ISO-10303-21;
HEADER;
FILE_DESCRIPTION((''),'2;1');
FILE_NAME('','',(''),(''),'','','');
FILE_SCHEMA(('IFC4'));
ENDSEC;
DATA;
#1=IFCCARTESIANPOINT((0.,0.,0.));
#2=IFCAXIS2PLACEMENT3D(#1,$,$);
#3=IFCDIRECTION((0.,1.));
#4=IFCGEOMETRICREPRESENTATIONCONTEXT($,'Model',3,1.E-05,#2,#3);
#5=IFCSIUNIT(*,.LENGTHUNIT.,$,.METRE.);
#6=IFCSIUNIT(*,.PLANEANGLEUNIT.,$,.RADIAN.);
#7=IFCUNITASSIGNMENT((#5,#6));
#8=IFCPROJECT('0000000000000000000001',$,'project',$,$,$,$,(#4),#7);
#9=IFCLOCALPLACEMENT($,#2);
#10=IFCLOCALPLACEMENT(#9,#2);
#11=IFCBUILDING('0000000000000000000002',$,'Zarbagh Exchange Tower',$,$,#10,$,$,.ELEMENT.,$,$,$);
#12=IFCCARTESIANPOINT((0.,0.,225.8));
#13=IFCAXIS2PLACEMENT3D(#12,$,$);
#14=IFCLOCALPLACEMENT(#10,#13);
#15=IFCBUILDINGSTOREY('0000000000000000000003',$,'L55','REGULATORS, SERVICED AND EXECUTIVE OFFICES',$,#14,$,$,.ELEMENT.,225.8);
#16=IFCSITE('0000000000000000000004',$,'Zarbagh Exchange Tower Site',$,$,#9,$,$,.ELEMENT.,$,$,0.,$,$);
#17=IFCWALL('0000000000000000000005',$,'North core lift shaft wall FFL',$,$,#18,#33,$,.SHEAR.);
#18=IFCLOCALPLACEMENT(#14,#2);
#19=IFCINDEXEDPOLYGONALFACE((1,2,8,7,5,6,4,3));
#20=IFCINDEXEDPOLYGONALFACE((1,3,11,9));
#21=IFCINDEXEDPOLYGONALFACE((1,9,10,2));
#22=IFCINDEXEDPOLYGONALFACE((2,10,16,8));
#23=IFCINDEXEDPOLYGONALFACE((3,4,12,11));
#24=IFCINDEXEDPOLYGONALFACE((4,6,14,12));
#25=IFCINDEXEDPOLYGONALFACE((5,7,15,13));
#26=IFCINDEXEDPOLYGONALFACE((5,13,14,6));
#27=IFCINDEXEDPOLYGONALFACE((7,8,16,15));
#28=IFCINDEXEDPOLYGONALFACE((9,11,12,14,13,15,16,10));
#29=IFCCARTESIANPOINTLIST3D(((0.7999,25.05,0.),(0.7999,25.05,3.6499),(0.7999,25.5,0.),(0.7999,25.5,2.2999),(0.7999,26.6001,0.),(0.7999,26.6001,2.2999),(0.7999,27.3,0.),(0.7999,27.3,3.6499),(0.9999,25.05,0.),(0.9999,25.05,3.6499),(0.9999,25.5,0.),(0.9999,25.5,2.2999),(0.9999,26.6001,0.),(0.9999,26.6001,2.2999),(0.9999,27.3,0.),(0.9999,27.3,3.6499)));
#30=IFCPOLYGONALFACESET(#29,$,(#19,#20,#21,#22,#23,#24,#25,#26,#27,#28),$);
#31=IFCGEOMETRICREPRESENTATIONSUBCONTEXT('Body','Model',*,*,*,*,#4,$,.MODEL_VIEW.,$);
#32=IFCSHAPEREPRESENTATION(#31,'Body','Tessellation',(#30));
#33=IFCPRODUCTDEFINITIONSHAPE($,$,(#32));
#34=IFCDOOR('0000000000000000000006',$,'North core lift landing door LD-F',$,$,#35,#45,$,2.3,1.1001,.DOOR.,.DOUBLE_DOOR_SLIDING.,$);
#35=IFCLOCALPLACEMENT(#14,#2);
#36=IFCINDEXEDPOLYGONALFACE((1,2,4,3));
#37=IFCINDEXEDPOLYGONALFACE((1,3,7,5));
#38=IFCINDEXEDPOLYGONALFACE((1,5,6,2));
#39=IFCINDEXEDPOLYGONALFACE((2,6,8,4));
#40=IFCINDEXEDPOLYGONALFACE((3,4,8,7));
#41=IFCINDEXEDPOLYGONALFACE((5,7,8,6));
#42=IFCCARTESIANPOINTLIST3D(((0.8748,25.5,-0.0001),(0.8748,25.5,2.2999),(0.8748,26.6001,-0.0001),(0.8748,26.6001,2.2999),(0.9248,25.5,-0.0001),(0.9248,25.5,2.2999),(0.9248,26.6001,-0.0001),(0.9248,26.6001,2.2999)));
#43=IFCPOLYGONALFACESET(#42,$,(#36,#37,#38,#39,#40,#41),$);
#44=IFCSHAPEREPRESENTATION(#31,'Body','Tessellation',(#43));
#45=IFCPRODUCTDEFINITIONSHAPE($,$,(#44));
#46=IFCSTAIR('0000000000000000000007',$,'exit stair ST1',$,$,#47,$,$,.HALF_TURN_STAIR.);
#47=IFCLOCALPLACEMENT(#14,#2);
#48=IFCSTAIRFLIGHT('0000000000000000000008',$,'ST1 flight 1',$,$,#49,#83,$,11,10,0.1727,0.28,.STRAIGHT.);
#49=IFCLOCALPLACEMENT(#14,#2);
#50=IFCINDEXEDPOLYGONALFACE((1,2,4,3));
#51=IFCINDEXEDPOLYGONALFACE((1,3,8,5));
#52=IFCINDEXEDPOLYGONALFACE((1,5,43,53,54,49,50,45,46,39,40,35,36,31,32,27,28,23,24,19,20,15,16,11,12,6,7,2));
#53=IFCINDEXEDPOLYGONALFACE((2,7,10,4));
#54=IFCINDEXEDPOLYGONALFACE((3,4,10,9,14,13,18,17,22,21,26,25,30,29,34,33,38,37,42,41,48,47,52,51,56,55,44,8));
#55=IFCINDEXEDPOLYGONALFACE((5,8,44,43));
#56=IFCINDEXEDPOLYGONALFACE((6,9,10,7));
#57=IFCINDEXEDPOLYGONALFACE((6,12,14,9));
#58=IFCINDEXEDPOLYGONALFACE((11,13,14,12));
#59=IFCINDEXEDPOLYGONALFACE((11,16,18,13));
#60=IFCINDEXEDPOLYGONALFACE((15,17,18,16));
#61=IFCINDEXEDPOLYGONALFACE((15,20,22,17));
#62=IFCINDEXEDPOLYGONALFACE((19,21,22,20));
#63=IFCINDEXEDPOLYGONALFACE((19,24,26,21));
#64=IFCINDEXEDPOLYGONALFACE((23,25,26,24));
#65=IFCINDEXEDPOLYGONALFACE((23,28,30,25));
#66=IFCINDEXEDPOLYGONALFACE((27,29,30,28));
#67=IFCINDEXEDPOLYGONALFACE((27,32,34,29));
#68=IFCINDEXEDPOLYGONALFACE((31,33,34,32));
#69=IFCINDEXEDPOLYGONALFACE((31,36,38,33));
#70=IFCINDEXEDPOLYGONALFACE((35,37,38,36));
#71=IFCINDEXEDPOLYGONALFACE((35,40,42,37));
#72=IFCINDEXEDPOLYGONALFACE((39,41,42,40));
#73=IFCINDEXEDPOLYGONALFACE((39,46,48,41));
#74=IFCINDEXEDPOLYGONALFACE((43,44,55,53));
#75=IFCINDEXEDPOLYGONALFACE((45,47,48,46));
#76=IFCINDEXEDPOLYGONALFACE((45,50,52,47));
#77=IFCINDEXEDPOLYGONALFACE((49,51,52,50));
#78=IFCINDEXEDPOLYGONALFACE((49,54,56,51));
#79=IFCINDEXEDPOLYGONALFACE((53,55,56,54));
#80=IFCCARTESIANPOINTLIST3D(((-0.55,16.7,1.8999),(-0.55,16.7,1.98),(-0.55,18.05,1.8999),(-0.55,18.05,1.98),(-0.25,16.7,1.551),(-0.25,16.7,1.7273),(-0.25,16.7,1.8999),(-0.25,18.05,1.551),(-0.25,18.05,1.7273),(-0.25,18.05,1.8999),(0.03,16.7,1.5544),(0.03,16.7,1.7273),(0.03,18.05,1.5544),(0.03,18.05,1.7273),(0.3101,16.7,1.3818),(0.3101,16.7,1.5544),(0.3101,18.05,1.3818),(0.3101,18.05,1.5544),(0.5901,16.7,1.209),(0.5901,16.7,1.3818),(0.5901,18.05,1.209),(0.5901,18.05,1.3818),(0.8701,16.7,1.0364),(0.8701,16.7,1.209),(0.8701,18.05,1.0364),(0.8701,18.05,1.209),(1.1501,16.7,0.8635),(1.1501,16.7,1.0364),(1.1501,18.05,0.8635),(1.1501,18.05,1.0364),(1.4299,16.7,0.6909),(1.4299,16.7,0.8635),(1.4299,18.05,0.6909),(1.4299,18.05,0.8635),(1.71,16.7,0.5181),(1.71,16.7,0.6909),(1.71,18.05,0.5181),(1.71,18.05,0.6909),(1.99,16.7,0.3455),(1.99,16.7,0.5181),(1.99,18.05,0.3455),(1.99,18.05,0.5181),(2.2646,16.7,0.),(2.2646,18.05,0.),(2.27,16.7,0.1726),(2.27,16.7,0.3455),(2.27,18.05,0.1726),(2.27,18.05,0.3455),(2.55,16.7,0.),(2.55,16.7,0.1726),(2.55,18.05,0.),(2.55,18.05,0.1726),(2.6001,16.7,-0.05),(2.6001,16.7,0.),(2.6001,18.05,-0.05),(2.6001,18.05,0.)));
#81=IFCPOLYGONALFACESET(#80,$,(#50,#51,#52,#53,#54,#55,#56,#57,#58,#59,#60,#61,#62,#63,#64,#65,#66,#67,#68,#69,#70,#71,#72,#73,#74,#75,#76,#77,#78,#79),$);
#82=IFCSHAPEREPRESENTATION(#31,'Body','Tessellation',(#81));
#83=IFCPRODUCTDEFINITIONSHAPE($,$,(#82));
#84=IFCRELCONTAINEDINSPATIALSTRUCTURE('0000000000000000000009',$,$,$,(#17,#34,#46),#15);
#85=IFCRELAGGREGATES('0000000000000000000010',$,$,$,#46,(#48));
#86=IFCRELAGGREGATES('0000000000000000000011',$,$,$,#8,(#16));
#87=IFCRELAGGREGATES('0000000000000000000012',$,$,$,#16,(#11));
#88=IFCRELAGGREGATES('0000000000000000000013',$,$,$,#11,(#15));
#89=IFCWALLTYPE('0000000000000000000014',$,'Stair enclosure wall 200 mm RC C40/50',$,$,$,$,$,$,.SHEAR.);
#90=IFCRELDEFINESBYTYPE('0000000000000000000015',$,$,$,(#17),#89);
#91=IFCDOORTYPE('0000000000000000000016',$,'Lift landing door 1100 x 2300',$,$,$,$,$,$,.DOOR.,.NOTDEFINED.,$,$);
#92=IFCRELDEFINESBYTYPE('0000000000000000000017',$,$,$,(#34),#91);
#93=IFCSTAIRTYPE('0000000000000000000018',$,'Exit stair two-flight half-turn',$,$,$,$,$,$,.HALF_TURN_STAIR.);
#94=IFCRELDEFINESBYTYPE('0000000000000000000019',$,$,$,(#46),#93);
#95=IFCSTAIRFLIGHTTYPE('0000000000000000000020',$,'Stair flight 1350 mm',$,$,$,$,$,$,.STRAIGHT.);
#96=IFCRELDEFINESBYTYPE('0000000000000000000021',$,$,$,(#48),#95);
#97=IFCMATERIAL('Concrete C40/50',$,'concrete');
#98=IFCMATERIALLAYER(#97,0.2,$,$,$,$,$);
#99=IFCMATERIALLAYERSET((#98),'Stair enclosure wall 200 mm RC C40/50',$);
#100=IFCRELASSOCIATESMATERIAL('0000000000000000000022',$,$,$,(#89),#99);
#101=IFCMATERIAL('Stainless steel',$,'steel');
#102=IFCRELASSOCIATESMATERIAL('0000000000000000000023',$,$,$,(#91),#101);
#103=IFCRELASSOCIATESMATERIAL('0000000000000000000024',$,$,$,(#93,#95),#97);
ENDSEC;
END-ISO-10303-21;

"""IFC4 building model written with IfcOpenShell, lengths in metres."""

from ifc_helpers import new_model, si_unit, direction, frame, frame_2d, origin, place, context, subcontext, project, spatial, polyline, rectangle, outline, extrude, material, layer, layer_set, type_object, element, fill, aggregate, save


model = new_model("IFC4")

# Units and contexts
model_context = context("Model", 3, precision=1e-05, world=origin(), true_north=direction((0.0, 1.0)))
body_context = subcontext(model_context, "Body", "Model", "MODEL_VIEW")
ifc_project = project(units=[si_unit("LENGTHUNIT", "METRE"), si_unit("PLANEANGLEUNIT", "RADIAN")], contexts=[model_context])

# Site, building, storey
site_placement = place(None, origin())
site = spatial("IfcSite", under=ifc_project, at=site_placement, Name="Zarbagh Exchange Tower Site", CompositionType="ELEMENT", RefElevation=0.0)
building_placement = place(site_placement, origin())
building = spatial("IfcBuilding", under=site, at=building_placement, Name="Zarbagh Exchange Tower", CompositionType="ELEMENT")
storey_placement = place(building_placement, frame((0.0, 0.0, 225.8)))
storey = spatial("IfcBuildingStorey", under=building, at=storey_placement, Name="L55", Description="REGULATORS, SERVICED AND EXECUTIVE OFFICES", CompositionType="ELEMENT", Elevation=225.8)

# Wall, opening, door
ifc_material_1 = material(Name="Concrete C40/50", Category="concrete")
ifc_layer_1 = layer(ifc_material_1, 0.2)
ifc_layer_set_1 = layer_set([ifc_layer_1], Name="Stair enclosure wall 200 mm RC C40/50")
wall_type_1 = type_object("IfcWallType", Name="Stair enclosure wall 200 mm RC C40/50", PredefinedType="SHEAR", material=ifc_layer_set_1)
wall_1_placement = place(storey_placement, frame((0.8999, 27.3, 0.0), z_axis=(0.0, 0.0, 1.0), x_axis=(0.0, -1.0, 0.0)))
wall_1 = element("IfcWall", 1, at=wall_1_placement, inside=storey, type_object=wall_type_1, Name="North core lift shaft wall FFL", PredefinedType="SHEAR", context=body_context, shape_type="SweptSolid", body=[
    extrude(rectangle(XDim=2.25, YDim=0.2, at=frame_2d((1.125, 0.0))), origin(), (0.0, 0.0, 1.0), 3.6499),
])
opening_1_placement = place(wall_1_placement, frame((0.7, 0.0, 0.0)))
opening_1 = element("IfcOpeningElement", 2, at=opening_1_placement, cuts=wall_1, PredefinedType="OPENING", context=body_context, shape_type="SweptSolid", body=[
    extrude(rectangle(XDim=1.1001, YDim=2.3, at=frame_2d((0.55, 1.1499))), frame((0.0, 0.1099, 0.0), z_axis=(0.0, -1.0, 0.0), x_axis=(1.0, 0.0, 0.0)), (0.0, 0.0, 1.0), 0.22),
])
ifc_material_2 = material(Name="Stainless steel", Category="steel")
door_type_1 = type_object("IfcDoorType", Name="Lift landing door 1100 x 2300", OperationType="NOTDEFINED", PredefinedType="DOOR", material=ifc_material_2)
door_1_placement = place(opening_1_placement, origin())
door_1 = element("IfcDoor", 3, at=door_1_placement, inside=storey, type_object=door_type_1, Name="North core lift landing door LD-F", OperationType="DOUBLE_DOOR_SLIDING", OverallHeight=2.3, OverallWidth=1.1001, PredefinedType="DOOR", context=body_context, shape_type="SweptSolid", body=[
    extrude(rectangle(XDim=1.1001, YDim=2.3, at=frame_2d((0.55, 1.1499))), frame((0.0, 0.0249, 0.0), z_axis=(0.0, -1.0, 0.0), x_axis=(1.0, 0.0, 0.0)), (0.0, 0.0, 1.0), 0.05),
])
fill(opening_1, door_1)

# Stair, stair flight
stair_type = type_object("IfcStairType", Name="Exit stair two-flight half-turn", PredefinedType="HALF_TURN_STAIR", material=ifc_material_1)
stair_placement = place(storey_placement, origin())
stair = element("IfcStair", 4, at=stair_placement, inside=storey, type_object=stair_type, Name="exit stair ST1", PredefinedType="HALF_TURN_STAIR")
stair_flight_type = type_object("IfcStairFlightType", Name="Stair flight 1350 mm", PredefinedType="STRAIGHT", material=ifc_material_1)
stair_flight_placement = place(storey_placement, frame((2.55, 17.375, 0.0), z_axis=(0.0, 0.0, 1.0), x_axis=(-1.0, 0.0, 0.0)))
stair_flight = element("IfcStairFlight", 5, at=stair_flight_placement, type_object=stair_flight_type, Name="ST1 flight 1", NumberOfRisers=11, NumberOfTreads=10, PredefinedType="STRAIGHT", RiserHeight=0.1727, TreadLength=0.28, context=body_context, shape_type="SweptSolid", body=[
    extrude(outline(polyline([(-0.05, -0.05), (-0.05, 0.0), (0.0, 0.0), (0.0, 0.1726), (0.28, 0.1726), (0.28, 0.3455), (0.5601, 0.3455), (0.5601, 0.5181), (0.8401, 0.5181), (0.8401, 0.6909), (1.1201, 0.6909), (1.1201, 0.8635), (1.3999, 0.8635), (1.3999, 1.0364), (1.6799, 1.0364), (1.6799, 1.209), (1.96, 1.209), (1.96, 1.3818), (2.24, 1.3818), (2.24, 1.5544), (2.52, 1.5544), (2.52, 1.7273), (2.8, 1.7273), (2.8, 1.8999), (3.1001, 1.98), (3.1001, 1.8999), (2.8, 1.551), (0.2854, 0.0), (-0.05, -0.05)])), frame((0.0, 0.675, 0.0), z_axis=(0.0, -1.0, 0.0), x_axis=(1.0, 0.0, 0.0)), (0.0, 0.0, 1.0), 1.3501),
])
aggregate(stair, [stair_flight])

save(model, "model.ifc")
